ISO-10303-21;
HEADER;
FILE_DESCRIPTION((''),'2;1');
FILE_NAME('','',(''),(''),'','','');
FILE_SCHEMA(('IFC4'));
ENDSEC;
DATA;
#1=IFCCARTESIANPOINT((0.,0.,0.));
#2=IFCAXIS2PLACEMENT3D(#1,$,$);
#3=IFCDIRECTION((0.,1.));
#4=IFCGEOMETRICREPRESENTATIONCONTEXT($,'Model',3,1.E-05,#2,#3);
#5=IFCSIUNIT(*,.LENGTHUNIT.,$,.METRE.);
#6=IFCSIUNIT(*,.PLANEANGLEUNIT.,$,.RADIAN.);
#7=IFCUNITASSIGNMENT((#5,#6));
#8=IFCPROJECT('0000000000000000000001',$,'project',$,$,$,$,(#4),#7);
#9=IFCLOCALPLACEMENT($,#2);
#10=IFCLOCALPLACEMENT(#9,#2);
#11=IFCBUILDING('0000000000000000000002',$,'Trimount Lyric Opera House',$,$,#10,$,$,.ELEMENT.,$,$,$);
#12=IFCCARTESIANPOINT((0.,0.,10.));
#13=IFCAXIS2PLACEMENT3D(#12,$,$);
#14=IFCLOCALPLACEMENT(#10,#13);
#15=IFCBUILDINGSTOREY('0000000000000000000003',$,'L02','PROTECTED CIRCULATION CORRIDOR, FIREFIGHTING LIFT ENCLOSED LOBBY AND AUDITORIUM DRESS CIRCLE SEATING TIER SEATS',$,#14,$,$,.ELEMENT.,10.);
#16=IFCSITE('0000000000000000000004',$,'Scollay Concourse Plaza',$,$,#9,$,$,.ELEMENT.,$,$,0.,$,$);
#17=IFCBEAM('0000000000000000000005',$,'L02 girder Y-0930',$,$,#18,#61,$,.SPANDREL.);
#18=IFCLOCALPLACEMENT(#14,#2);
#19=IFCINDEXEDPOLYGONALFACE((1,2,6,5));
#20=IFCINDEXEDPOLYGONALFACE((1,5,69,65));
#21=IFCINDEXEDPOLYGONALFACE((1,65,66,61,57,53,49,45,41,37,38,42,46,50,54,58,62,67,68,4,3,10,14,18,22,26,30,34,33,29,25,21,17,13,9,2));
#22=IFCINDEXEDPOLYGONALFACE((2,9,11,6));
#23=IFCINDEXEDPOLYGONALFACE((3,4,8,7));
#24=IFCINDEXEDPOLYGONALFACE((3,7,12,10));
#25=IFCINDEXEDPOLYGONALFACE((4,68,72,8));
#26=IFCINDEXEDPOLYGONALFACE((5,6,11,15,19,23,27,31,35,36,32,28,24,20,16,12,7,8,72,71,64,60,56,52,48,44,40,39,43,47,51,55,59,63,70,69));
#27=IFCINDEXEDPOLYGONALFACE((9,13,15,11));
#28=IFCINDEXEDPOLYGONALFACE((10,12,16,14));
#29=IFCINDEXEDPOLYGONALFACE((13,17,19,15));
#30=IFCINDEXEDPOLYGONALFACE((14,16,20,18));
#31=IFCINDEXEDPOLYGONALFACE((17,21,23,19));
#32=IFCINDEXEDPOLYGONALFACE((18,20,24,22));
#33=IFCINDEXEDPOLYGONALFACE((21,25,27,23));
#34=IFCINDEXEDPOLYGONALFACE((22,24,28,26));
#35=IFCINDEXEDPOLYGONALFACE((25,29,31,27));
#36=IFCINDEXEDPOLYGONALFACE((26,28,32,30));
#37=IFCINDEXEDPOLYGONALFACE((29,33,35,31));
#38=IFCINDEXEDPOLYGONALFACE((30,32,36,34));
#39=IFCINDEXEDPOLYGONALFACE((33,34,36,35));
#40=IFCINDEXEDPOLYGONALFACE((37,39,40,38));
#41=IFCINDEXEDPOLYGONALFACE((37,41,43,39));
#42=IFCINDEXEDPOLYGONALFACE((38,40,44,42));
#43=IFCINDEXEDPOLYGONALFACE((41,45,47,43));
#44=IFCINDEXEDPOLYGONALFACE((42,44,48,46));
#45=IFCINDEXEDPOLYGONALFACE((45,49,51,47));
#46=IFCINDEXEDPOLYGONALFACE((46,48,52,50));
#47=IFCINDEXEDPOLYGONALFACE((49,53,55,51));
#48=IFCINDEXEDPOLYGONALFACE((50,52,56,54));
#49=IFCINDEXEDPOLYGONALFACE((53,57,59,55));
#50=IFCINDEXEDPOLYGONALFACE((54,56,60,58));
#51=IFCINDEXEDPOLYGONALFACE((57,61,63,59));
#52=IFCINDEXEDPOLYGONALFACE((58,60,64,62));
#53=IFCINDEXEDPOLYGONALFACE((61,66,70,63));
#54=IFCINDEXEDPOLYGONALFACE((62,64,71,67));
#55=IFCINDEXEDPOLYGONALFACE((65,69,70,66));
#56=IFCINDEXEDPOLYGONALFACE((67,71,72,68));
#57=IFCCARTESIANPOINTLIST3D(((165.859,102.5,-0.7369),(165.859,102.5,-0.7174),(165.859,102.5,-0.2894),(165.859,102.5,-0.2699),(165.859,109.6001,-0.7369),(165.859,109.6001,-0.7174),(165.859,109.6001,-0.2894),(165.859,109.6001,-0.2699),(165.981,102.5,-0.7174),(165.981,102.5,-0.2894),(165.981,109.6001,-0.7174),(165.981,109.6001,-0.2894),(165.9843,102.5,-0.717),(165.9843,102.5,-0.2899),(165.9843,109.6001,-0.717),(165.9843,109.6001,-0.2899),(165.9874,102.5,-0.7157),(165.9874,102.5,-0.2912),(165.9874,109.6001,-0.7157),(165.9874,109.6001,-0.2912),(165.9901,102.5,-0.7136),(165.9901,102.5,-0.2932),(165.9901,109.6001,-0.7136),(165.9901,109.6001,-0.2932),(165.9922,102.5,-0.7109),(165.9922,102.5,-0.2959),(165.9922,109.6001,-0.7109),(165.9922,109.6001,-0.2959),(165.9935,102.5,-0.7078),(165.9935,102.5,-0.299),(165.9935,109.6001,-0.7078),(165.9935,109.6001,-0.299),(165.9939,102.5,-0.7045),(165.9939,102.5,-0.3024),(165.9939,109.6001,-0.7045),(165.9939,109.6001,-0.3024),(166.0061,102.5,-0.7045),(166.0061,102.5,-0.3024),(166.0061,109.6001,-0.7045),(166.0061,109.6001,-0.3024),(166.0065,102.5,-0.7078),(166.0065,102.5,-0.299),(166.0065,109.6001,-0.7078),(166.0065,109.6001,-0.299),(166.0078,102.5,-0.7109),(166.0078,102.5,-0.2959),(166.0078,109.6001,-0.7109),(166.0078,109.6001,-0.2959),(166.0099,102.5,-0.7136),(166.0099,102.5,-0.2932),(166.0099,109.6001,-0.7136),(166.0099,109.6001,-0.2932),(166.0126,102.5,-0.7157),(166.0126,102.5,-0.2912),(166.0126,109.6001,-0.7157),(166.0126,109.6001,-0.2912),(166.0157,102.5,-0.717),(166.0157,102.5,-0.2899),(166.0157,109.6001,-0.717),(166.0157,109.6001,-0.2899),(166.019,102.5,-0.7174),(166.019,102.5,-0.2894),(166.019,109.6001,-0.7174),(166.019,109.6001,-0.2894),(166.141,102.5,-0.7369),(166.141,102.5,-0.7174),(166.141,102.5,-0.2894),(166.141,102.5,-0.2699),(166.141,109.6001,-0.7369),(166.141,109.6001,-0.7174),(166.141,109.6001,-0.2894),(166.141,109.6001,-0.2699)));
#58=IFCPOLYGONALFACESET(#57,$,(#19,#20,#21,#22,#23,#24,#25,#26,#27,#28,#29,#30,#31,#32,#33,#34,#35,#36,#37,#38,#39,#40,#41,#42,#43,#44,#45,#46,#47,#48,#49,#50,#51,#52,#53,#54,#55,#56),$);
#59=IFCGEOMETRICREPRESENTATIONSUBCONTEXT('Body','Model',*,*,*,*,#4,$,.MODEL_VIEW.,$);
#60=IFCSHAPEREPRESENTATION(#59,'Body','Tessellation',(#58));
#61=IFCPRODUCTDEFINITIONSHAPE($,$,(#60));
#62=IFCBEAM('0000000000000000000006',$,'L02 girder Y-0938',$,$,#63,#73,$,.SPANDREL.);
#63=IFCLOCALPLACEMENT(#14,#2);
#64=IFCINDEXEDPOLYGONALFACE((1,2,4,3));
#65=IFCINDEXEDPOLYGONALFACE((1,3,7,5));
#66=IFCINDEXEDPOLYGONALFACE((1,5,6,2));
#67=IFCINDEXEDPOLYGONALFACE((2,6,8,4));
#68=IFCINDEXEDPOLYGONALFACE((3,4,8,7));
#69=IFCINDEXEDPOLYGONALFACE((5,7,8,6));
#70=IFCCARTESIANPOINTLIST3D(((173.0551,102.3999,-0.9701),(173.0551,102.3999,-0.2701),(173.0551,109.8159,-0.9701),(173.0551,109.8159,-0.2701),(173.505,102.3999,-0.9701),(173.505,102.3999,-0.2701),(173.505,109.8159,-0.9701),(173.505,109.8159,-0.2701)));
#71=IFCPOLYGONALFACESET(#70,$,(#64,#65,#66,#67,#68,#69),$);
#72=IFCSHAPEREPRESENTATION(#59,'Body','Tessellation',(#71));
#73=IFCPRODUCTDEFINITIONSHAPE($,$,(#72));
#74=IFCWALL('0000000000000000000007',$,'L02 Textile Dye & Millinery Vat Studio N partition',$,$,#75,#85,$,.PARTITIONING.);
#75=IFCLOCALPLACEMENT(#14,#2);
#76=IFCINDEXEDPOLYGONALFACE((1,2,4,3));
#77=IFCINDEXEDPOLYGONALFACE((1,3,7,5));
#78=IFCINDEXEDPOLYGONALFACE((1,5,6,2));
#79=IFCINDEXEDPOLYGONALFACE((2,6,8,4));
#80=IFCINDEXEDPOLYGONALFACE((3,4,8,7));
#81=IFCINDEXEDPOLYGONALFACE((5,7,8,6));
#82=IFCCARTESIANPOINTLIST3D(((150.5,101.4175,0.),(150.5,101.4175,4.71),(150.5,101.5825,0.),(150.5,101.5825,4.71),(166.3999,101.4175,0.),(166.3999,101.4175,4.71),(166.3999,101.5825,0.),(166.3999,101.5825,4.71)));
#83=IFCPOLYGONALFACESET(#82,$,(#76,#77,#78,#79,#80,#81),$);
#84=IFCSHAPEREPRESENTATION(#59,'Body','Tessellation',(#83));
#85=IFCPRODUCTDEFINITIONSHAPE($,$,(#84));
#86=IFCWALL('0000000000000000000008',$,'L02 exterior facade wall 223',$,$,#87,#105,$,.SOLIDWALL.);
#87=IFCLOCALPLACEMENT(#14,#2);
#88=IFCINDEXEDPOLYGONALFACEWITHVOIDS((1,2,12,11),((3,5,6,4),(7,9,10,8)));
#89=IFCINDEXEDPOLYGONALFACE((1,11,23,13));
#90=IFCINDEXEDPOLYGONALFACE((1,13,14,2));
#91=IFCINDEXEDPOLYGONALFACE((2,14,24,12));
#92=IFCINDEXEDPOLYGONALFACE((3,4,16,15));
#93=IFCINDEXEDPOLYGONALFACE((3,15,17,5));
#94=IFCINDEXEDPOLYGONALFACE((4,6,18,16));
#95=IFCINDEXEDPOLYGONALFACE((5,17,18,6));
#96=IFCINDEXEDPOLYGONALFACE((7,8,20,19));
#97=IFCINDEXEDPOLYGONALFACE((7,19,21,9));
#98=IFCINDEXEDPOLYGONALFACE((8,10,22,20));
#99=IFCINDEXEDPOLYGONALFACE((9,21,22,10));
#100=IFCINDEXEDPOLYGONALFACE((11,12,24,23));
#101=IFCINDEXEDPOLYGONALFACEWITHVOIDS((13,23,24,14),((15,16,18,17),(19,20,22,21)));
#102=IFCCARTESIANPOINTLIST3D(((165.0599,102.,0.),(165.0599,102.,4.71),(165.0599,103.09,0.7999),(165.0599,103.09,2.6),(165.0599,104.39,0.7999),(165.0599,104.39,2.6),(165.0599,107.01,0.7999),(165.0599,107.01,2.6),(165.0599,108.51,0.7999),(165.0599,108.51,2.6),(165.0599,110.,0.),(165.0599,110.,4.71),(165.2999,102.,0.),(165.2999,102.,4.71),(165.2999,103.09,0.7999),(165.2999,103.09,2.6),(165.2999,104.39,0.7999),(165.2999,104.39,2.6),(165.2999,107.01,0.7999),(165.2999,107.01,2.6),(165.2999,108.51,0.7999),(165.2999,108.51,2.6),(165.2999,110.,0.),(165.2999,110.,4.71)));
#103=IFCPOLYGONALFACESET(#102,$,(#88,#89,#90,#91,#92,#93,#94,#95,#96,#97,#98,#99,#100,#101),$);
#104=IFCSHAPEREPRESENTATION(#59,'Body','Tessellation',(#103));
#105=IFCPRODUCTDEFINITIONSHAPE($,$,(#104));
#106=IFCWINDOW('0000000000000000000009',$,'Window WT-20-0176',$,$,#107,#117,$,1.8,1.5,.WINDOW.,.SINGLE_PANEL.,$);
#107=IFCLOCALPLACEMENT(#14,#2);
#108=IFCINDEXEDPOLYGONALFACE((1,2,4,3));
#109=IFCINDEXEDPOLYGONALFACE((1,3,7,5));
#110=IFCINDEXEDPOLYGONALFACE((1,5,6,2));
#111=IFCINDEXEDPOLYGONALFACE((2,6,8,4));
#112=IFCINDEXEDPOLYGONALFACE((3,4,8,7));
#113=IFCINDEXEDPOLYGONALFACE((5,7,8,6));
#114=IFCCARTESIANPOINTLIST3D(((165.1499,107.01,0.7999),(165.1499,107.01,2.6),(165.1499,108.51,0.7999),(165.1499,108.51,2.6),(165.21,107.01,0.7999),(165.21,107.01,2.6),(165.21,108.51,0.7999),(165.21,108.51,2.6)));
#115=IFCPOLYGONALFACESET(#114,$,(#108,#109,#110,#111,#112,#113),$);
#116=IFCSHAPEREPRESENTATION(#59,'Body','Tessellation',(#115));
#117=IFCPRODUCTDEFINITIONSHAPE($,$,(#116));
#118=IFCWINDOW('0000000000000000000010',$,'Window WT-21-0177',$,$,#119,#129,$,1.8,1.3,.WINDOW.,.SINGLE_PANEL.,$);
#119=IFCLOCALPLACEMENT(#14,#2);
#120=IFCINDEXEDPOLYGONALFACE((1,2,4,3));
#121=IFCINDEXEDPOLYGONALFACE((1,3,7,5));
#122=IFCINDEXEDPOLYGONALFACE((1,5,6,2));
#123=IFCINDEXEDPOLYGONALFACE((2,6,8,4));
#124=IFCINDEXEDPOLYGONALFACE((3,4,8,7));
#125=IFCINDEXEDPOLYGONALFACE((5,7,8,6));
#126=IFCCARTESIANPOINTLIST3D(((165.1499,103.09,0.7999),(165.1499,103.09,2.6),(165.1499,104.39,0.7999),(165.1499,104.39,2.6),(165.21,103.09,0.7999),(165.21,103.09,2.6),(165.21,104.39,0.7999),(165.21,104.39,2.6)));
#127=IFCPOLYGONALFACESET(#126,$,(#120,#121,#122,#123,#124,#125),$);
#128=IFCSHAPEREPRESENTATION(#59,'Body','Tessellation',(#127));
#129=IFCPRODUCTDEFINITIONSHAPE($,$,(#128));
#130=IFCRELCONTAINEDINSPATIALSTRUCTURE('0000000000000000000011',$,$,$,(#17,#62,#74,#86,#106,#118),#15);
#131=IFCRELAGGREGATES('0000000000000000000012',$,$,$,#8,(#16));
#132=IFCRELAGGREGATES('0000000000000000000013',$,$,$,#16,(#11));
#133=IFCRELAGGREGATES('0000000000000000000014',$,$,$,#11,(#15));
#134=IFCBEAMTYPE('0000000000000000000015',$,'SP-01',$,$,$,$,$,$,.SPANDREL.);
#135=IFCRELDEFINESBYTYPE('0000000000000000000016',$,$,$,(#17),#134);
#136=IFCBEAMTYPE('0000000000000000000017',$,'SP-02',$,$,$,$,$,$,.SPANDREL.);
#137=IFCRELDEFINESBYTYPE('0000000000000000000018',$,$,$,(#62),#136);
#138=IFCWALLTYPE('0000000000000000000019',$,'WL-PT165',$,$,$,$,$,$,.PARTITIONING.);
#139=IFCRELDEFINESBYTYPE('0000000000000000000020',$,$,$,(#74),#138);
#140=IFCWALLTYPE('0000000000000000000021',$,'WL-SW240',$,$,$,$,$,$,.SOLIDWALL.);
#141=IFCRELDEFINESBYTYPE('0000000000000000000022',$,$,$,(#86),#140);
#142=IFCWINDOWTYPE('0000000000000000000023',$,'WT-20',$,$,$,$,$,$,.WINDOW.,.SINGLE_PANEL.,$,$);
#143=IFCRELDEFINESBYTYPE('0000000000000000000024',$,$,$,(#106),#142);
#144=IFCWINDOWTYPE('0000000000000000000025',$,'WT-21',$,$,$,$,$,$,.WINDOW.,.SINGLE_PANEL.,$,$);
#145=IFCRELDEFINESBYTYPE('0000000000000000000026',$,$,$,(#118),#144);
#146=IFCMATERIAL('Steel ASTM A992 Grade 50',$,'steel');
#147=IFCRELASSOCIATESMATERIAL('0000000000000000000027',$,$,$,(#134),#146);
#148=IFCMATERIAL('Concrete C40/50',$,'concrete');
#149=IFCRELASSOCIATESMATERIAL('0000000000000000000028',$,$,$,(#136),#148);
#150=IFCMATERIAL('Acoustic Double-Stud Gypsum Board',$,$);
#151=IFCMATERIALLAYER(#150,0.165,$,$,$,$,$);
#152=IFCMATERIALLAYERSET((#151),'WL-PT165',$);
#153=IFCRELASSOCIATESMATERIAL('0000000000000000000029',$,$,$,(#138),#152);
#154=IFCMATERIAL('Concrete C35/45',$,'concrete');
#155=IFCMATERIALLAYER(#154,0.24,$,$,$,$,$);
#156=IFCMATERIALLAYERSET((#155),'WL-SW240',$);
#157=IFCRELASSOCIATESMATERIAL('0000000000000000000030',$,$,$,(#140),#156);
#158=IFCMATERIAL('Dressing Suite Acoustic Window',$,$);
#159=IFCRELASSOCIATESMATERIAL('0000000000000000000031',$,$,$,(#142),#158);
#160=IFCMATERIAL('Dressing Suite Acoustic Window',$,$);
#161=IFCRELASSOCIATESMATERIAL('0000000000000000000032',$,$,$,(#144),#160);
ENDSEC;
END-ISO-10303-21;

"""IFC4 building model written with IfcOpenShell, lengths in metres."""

from ifc_helpers import new_model, si_unit, direction, frame, frame_2d, origin, origin_2d, place, context, subcontext, project, spatial, rectangle, i_section, extrude, material, layer, layer_set, material_profile, profile_set, type_object, element, fill, save


model = new_model("IFC4")

# Units and contexts
model_context = context("Model", 3, precision=1e-05, world=origin(), true_north=direction((0.0, 1.0)))
body_context = subcontext(model_context, "Body", "Model", "MODEL_VIEW")
ifc_project = project(units=[si_unit("LENGTHUNIT", "METRE"), si_unit("PLANEANGLEUNIT", "RADIAN")], contexts=[model_context])

# Site, building, storey
site_placement = place(None, origin())
site = spatial("IfcSite", under=ifc_project, at=site_placement, Name="Scollay Concourse Plaza", CompositionType="ELEMENT", RefElevation=0.0)
building_placement = place(site_placement, origin())
building = spatial("IfcBuilding", under=site, at=building_placement, Name="Trimount Lyric Opera House", CompositionType="ELEMENT")
storey_placement = place(building_placement, frame((0.0, 0.0, 10.0)))
storey = spatial("IfcBuildingStorey", under=building, at=storey_placement, Name="L02", Description="PROTECTED CIRCULATION CORRIDOR, FIREFIGHTING LIFT ENCLOSED LOBBY AND AUDITORIUM DRESS CIRCLE SEATING TIER SEATS", CompositionType="ELEMENT", Elevation=10.0)

# Beams
ifc_material_1 = material(Name="Steel ASTM A992 Grade 50", Category="steel")
ifc_material_profile_1 = material_profile(ifc_material_1, i_section(OverallWidth=0.282, OverallDepth=0.467, WebThickness=0.0122, FlangeThickness=0.0195, FilletRadius=0.0129, at=origin_2d()), Name="W18X86")
ifc_profile_set_1 = profile_set([ifc_material_profile_1], Name="Steel ASTM A992 Grade 50")
beam_type_1 = type_object("IfcBeamType", Name="SP-01", PredefinedType="SPANDREL", material=ifc_profile_set_1)
beam_1_placement = place(storey_placement, frame((166.0, 102.5, -0.5034), z_axis=(0.0, 1.0, 0.0), x_axis=(-1.0, 0.0, 0.0)))
element("IfcBeam", 1, at=beam_1_placement, inside=storey, type_object=beam_type_1, Name="L02 girder Y-0930", PredefinedType="SPANDREL", context=body_context, shape_type="SweptSolid", body=[
    extrude(i_section(OverallWidth=0.282, OverallDepth=0.467, WebThickness=0.0122, FlangeThickness=0.0195, FilletRadius=0.0129, at=origin_2d()), origin(), (0.0, 0.0, 1.0), 7.1001),
])
ifc_material_2 = material(Name="Concrete C40/50", Category="concrete")
ifc_material_profile_2 = material_profile(ifc_material_2, rectangle(XDim=0.45, YDim=0.7, at=origin_2d()), Name="RC450X700")
ifc_profile_set_2 = profile_set([ifc_material_profile_2], Name="Concrete C40/50")
beam_type_2 = type_object("IfcBeamType", Name="SP-02", PredefinedType="SPANDREL", material=ifc_profile_set_2)
beam_2_placement = place(storey_placement, frame((173.28, 102.3999, -0.6201), z_axis=(0.0, 1.0, 0.0), x_axis=(-1.0, 0.0, 0.0)))
element("IfcBeam", 2, at=beam_2_placement, inside=storey, type_object=beam_type_2, Name="L02 girder Y-0938", PredefinedType="SPANDREL", context=body_context, shape_type="SweptSolid", body=[
    extrude(rectangle(XDim=0.45, YDim=0.7, at=origin_2d()), origin(), (0.0, 0.0, 1.0), 7.416),
])

# Wall
ifc_material_3 = material(Name="Acoustic Double-Stud Gypsum Board")
ifc_layer_1 = layer(ifc_material_3, 0.165)
ifc_layer_set_1 = layer_set([ifc_layer_1], Name="WL-PT165")
wall_type_1 = type_object("IfcWallType", Name="WL-PT165", PredefinedType="PARTITIONING", material=ifc_layer_set_1)
wall_1_placement = place(storey_placement, frame((166.3999, 101.5, 0.0), z_axis=(0.0, 0.0, 1.0), x_axis=(-1.0, 0.0, 0.0)))
element("IfcWall", 3, at=wall_1_placement, inside=storey, type_object=wall_type_1, Name="L02 Textile Dye & Millinery Vat Studio N partition", PredefinedType="PARTITIONING", context=body_context, shape_type="SweptSolid", body=[
    extrude(rectangle(XDim=15.8999, YDim=0.165, at=frame_2d((7.95, 0.0))), origin(), (0.0, 0.0, 1.0), 4.71),
])

# Wall, openings, windows
ifc_material_4 = material(Name="Concrete C35/45", Category="concrete")
ifc_layer_2 = layer(ifc_material_4, 0.24)
ifc_layer_set_2 = layer_set([ifc_layer_2], Name="WL-SW240")
wall_type_2 = type_object("IfcWallType", Name="WL-SW240", PredefinedType="SOLIDWALL", material=ifc_layer_set_2)
wall_2_placement = place(storey_placement, frame((165.1799, 110.0, 0.0), z_axis=(0.0, 0.0, 1.0), x_axis=(0.0, -1.0, 0.0)))
wall_2 = element("IfcWall", 4, at=wall_2_placement, inside=storey, type_object=wall_type_2, Name="L02 exterior facade wall 223", PredefinedType="SOLIDWALL", context=body_context, shape_type="SweptSolid", body=[
    extrude(rectangle(XDim=8.0, YDim=0.24, at=frame_2d((4.0, 0.0))), origin(), (0.0, 0.0, 1.0), 4.71),
])
opening_1_placement = place(wall_2_placement, frame((1.49, 0.0, 0.8)))
opening_1 = element("IfcOpeningElement", 5, at=opening_1_placement, cuts=wall_2, PredefinedType="OPENING", context=body_context, shape_type="SweptSolid", body=[
    extrude(rectangle(XDim=1.5, YDim=1.8, at=frame_2d((0.75, 0.8999))), frame((0.0, 0.1299, 0.0), z_axis=(0.0, -1.0, 0.0), x_axis=(1.0, 0.0, 0.0)), (0.0, 0.0, 1.0), 0.26),
])
opening_2_placement = place(wall_2_placement, frame((5.6101, 0.0, 0.8)))
opening_2 = element("IfcOpeningElement", 6, at=opening_2_placement, cuts=wall_2, PredefinedType="OPENING", context=body_context, shape_type="SweptSolid", body=[
    extrude(rectangle(XDim=1.3, YDim=1.8, at=frame_2d((0.6499, 0.8999))), frame((0.0, 0.1299, 0.0), z_axis=(0.0, -1.0, 0.0), x_axis=(1.0, 0.0, 0.0)), (0.0, 0.0, 1.0), 0.26),
])
ifc_material_5 = material(Name="Dressing Suite Acoustic Window")
window_type_1 = type_object("IfcWindowType", Name="WT-20", PartitioningType="SINGLE_PANEL", PredefinedType="WINDOW", material=ifc_material_5)
window_1_placement = place(opening_1_placement, origin())
window_1 = element("IfcWindow", 7, at=window_1_placement, inside=storey, type_object=window_type_1, Name="Window WT-20-0176", OverallHeight=1.8, OverallWidth=1.5, PartitioningType="SINGLE_PANEL", PredefinedType="WINDOW", context=body_context, shape_type="SweptSolid", body=[
    extrude(rectangle(XDim=1.5, YDim=1.8, at=frame_2d((0.75, 0.8999))), frame((0.0, 0.03, 0.0), z_axis=(0.0, -1.0, 0.0), x_axis=(1.0, 0.0, 0.0)), (0.0, 0.0, 1.0), 0.0601),
])
fill(opening_1, window_1)
ifc_material_6 = material(Name="Dressing Suite Acoustic Window")
window_type_2 = type_object("IfcWindowType", Name="WT-21", PartitioningType="SINGLE_PANEL", PredefinedType="WINDOW", material=ifc_material_6)
window_2_placement = place(opening_2_placement, origin())
window_2 = element("IfcWindow", 8, at=window_2_placement, inside=storey, type_object=window_type_2, Name="Window WT-21-0177", OverallHeight=1.8, OverallWidth=1.3, PartitioningType="SINGLE_PANEL", PredefinedType="WINDOW", context=body_context, shape_type="SweptSolid", body=[
    extrude(rectangle(XDim=1.3, YDim=1.8, at=frame_2d((0.6499, 0.8999))), frame((0.0, 0.03, 0.0), z_axis=(0.0, -1.0, 0.0), x_axis=(1.0, 0.0, 0.0)), (0.0, 0.0, 1.0), 0.0601),
])
fill(opening_2, window_2)

save(model, "model.ifc")
